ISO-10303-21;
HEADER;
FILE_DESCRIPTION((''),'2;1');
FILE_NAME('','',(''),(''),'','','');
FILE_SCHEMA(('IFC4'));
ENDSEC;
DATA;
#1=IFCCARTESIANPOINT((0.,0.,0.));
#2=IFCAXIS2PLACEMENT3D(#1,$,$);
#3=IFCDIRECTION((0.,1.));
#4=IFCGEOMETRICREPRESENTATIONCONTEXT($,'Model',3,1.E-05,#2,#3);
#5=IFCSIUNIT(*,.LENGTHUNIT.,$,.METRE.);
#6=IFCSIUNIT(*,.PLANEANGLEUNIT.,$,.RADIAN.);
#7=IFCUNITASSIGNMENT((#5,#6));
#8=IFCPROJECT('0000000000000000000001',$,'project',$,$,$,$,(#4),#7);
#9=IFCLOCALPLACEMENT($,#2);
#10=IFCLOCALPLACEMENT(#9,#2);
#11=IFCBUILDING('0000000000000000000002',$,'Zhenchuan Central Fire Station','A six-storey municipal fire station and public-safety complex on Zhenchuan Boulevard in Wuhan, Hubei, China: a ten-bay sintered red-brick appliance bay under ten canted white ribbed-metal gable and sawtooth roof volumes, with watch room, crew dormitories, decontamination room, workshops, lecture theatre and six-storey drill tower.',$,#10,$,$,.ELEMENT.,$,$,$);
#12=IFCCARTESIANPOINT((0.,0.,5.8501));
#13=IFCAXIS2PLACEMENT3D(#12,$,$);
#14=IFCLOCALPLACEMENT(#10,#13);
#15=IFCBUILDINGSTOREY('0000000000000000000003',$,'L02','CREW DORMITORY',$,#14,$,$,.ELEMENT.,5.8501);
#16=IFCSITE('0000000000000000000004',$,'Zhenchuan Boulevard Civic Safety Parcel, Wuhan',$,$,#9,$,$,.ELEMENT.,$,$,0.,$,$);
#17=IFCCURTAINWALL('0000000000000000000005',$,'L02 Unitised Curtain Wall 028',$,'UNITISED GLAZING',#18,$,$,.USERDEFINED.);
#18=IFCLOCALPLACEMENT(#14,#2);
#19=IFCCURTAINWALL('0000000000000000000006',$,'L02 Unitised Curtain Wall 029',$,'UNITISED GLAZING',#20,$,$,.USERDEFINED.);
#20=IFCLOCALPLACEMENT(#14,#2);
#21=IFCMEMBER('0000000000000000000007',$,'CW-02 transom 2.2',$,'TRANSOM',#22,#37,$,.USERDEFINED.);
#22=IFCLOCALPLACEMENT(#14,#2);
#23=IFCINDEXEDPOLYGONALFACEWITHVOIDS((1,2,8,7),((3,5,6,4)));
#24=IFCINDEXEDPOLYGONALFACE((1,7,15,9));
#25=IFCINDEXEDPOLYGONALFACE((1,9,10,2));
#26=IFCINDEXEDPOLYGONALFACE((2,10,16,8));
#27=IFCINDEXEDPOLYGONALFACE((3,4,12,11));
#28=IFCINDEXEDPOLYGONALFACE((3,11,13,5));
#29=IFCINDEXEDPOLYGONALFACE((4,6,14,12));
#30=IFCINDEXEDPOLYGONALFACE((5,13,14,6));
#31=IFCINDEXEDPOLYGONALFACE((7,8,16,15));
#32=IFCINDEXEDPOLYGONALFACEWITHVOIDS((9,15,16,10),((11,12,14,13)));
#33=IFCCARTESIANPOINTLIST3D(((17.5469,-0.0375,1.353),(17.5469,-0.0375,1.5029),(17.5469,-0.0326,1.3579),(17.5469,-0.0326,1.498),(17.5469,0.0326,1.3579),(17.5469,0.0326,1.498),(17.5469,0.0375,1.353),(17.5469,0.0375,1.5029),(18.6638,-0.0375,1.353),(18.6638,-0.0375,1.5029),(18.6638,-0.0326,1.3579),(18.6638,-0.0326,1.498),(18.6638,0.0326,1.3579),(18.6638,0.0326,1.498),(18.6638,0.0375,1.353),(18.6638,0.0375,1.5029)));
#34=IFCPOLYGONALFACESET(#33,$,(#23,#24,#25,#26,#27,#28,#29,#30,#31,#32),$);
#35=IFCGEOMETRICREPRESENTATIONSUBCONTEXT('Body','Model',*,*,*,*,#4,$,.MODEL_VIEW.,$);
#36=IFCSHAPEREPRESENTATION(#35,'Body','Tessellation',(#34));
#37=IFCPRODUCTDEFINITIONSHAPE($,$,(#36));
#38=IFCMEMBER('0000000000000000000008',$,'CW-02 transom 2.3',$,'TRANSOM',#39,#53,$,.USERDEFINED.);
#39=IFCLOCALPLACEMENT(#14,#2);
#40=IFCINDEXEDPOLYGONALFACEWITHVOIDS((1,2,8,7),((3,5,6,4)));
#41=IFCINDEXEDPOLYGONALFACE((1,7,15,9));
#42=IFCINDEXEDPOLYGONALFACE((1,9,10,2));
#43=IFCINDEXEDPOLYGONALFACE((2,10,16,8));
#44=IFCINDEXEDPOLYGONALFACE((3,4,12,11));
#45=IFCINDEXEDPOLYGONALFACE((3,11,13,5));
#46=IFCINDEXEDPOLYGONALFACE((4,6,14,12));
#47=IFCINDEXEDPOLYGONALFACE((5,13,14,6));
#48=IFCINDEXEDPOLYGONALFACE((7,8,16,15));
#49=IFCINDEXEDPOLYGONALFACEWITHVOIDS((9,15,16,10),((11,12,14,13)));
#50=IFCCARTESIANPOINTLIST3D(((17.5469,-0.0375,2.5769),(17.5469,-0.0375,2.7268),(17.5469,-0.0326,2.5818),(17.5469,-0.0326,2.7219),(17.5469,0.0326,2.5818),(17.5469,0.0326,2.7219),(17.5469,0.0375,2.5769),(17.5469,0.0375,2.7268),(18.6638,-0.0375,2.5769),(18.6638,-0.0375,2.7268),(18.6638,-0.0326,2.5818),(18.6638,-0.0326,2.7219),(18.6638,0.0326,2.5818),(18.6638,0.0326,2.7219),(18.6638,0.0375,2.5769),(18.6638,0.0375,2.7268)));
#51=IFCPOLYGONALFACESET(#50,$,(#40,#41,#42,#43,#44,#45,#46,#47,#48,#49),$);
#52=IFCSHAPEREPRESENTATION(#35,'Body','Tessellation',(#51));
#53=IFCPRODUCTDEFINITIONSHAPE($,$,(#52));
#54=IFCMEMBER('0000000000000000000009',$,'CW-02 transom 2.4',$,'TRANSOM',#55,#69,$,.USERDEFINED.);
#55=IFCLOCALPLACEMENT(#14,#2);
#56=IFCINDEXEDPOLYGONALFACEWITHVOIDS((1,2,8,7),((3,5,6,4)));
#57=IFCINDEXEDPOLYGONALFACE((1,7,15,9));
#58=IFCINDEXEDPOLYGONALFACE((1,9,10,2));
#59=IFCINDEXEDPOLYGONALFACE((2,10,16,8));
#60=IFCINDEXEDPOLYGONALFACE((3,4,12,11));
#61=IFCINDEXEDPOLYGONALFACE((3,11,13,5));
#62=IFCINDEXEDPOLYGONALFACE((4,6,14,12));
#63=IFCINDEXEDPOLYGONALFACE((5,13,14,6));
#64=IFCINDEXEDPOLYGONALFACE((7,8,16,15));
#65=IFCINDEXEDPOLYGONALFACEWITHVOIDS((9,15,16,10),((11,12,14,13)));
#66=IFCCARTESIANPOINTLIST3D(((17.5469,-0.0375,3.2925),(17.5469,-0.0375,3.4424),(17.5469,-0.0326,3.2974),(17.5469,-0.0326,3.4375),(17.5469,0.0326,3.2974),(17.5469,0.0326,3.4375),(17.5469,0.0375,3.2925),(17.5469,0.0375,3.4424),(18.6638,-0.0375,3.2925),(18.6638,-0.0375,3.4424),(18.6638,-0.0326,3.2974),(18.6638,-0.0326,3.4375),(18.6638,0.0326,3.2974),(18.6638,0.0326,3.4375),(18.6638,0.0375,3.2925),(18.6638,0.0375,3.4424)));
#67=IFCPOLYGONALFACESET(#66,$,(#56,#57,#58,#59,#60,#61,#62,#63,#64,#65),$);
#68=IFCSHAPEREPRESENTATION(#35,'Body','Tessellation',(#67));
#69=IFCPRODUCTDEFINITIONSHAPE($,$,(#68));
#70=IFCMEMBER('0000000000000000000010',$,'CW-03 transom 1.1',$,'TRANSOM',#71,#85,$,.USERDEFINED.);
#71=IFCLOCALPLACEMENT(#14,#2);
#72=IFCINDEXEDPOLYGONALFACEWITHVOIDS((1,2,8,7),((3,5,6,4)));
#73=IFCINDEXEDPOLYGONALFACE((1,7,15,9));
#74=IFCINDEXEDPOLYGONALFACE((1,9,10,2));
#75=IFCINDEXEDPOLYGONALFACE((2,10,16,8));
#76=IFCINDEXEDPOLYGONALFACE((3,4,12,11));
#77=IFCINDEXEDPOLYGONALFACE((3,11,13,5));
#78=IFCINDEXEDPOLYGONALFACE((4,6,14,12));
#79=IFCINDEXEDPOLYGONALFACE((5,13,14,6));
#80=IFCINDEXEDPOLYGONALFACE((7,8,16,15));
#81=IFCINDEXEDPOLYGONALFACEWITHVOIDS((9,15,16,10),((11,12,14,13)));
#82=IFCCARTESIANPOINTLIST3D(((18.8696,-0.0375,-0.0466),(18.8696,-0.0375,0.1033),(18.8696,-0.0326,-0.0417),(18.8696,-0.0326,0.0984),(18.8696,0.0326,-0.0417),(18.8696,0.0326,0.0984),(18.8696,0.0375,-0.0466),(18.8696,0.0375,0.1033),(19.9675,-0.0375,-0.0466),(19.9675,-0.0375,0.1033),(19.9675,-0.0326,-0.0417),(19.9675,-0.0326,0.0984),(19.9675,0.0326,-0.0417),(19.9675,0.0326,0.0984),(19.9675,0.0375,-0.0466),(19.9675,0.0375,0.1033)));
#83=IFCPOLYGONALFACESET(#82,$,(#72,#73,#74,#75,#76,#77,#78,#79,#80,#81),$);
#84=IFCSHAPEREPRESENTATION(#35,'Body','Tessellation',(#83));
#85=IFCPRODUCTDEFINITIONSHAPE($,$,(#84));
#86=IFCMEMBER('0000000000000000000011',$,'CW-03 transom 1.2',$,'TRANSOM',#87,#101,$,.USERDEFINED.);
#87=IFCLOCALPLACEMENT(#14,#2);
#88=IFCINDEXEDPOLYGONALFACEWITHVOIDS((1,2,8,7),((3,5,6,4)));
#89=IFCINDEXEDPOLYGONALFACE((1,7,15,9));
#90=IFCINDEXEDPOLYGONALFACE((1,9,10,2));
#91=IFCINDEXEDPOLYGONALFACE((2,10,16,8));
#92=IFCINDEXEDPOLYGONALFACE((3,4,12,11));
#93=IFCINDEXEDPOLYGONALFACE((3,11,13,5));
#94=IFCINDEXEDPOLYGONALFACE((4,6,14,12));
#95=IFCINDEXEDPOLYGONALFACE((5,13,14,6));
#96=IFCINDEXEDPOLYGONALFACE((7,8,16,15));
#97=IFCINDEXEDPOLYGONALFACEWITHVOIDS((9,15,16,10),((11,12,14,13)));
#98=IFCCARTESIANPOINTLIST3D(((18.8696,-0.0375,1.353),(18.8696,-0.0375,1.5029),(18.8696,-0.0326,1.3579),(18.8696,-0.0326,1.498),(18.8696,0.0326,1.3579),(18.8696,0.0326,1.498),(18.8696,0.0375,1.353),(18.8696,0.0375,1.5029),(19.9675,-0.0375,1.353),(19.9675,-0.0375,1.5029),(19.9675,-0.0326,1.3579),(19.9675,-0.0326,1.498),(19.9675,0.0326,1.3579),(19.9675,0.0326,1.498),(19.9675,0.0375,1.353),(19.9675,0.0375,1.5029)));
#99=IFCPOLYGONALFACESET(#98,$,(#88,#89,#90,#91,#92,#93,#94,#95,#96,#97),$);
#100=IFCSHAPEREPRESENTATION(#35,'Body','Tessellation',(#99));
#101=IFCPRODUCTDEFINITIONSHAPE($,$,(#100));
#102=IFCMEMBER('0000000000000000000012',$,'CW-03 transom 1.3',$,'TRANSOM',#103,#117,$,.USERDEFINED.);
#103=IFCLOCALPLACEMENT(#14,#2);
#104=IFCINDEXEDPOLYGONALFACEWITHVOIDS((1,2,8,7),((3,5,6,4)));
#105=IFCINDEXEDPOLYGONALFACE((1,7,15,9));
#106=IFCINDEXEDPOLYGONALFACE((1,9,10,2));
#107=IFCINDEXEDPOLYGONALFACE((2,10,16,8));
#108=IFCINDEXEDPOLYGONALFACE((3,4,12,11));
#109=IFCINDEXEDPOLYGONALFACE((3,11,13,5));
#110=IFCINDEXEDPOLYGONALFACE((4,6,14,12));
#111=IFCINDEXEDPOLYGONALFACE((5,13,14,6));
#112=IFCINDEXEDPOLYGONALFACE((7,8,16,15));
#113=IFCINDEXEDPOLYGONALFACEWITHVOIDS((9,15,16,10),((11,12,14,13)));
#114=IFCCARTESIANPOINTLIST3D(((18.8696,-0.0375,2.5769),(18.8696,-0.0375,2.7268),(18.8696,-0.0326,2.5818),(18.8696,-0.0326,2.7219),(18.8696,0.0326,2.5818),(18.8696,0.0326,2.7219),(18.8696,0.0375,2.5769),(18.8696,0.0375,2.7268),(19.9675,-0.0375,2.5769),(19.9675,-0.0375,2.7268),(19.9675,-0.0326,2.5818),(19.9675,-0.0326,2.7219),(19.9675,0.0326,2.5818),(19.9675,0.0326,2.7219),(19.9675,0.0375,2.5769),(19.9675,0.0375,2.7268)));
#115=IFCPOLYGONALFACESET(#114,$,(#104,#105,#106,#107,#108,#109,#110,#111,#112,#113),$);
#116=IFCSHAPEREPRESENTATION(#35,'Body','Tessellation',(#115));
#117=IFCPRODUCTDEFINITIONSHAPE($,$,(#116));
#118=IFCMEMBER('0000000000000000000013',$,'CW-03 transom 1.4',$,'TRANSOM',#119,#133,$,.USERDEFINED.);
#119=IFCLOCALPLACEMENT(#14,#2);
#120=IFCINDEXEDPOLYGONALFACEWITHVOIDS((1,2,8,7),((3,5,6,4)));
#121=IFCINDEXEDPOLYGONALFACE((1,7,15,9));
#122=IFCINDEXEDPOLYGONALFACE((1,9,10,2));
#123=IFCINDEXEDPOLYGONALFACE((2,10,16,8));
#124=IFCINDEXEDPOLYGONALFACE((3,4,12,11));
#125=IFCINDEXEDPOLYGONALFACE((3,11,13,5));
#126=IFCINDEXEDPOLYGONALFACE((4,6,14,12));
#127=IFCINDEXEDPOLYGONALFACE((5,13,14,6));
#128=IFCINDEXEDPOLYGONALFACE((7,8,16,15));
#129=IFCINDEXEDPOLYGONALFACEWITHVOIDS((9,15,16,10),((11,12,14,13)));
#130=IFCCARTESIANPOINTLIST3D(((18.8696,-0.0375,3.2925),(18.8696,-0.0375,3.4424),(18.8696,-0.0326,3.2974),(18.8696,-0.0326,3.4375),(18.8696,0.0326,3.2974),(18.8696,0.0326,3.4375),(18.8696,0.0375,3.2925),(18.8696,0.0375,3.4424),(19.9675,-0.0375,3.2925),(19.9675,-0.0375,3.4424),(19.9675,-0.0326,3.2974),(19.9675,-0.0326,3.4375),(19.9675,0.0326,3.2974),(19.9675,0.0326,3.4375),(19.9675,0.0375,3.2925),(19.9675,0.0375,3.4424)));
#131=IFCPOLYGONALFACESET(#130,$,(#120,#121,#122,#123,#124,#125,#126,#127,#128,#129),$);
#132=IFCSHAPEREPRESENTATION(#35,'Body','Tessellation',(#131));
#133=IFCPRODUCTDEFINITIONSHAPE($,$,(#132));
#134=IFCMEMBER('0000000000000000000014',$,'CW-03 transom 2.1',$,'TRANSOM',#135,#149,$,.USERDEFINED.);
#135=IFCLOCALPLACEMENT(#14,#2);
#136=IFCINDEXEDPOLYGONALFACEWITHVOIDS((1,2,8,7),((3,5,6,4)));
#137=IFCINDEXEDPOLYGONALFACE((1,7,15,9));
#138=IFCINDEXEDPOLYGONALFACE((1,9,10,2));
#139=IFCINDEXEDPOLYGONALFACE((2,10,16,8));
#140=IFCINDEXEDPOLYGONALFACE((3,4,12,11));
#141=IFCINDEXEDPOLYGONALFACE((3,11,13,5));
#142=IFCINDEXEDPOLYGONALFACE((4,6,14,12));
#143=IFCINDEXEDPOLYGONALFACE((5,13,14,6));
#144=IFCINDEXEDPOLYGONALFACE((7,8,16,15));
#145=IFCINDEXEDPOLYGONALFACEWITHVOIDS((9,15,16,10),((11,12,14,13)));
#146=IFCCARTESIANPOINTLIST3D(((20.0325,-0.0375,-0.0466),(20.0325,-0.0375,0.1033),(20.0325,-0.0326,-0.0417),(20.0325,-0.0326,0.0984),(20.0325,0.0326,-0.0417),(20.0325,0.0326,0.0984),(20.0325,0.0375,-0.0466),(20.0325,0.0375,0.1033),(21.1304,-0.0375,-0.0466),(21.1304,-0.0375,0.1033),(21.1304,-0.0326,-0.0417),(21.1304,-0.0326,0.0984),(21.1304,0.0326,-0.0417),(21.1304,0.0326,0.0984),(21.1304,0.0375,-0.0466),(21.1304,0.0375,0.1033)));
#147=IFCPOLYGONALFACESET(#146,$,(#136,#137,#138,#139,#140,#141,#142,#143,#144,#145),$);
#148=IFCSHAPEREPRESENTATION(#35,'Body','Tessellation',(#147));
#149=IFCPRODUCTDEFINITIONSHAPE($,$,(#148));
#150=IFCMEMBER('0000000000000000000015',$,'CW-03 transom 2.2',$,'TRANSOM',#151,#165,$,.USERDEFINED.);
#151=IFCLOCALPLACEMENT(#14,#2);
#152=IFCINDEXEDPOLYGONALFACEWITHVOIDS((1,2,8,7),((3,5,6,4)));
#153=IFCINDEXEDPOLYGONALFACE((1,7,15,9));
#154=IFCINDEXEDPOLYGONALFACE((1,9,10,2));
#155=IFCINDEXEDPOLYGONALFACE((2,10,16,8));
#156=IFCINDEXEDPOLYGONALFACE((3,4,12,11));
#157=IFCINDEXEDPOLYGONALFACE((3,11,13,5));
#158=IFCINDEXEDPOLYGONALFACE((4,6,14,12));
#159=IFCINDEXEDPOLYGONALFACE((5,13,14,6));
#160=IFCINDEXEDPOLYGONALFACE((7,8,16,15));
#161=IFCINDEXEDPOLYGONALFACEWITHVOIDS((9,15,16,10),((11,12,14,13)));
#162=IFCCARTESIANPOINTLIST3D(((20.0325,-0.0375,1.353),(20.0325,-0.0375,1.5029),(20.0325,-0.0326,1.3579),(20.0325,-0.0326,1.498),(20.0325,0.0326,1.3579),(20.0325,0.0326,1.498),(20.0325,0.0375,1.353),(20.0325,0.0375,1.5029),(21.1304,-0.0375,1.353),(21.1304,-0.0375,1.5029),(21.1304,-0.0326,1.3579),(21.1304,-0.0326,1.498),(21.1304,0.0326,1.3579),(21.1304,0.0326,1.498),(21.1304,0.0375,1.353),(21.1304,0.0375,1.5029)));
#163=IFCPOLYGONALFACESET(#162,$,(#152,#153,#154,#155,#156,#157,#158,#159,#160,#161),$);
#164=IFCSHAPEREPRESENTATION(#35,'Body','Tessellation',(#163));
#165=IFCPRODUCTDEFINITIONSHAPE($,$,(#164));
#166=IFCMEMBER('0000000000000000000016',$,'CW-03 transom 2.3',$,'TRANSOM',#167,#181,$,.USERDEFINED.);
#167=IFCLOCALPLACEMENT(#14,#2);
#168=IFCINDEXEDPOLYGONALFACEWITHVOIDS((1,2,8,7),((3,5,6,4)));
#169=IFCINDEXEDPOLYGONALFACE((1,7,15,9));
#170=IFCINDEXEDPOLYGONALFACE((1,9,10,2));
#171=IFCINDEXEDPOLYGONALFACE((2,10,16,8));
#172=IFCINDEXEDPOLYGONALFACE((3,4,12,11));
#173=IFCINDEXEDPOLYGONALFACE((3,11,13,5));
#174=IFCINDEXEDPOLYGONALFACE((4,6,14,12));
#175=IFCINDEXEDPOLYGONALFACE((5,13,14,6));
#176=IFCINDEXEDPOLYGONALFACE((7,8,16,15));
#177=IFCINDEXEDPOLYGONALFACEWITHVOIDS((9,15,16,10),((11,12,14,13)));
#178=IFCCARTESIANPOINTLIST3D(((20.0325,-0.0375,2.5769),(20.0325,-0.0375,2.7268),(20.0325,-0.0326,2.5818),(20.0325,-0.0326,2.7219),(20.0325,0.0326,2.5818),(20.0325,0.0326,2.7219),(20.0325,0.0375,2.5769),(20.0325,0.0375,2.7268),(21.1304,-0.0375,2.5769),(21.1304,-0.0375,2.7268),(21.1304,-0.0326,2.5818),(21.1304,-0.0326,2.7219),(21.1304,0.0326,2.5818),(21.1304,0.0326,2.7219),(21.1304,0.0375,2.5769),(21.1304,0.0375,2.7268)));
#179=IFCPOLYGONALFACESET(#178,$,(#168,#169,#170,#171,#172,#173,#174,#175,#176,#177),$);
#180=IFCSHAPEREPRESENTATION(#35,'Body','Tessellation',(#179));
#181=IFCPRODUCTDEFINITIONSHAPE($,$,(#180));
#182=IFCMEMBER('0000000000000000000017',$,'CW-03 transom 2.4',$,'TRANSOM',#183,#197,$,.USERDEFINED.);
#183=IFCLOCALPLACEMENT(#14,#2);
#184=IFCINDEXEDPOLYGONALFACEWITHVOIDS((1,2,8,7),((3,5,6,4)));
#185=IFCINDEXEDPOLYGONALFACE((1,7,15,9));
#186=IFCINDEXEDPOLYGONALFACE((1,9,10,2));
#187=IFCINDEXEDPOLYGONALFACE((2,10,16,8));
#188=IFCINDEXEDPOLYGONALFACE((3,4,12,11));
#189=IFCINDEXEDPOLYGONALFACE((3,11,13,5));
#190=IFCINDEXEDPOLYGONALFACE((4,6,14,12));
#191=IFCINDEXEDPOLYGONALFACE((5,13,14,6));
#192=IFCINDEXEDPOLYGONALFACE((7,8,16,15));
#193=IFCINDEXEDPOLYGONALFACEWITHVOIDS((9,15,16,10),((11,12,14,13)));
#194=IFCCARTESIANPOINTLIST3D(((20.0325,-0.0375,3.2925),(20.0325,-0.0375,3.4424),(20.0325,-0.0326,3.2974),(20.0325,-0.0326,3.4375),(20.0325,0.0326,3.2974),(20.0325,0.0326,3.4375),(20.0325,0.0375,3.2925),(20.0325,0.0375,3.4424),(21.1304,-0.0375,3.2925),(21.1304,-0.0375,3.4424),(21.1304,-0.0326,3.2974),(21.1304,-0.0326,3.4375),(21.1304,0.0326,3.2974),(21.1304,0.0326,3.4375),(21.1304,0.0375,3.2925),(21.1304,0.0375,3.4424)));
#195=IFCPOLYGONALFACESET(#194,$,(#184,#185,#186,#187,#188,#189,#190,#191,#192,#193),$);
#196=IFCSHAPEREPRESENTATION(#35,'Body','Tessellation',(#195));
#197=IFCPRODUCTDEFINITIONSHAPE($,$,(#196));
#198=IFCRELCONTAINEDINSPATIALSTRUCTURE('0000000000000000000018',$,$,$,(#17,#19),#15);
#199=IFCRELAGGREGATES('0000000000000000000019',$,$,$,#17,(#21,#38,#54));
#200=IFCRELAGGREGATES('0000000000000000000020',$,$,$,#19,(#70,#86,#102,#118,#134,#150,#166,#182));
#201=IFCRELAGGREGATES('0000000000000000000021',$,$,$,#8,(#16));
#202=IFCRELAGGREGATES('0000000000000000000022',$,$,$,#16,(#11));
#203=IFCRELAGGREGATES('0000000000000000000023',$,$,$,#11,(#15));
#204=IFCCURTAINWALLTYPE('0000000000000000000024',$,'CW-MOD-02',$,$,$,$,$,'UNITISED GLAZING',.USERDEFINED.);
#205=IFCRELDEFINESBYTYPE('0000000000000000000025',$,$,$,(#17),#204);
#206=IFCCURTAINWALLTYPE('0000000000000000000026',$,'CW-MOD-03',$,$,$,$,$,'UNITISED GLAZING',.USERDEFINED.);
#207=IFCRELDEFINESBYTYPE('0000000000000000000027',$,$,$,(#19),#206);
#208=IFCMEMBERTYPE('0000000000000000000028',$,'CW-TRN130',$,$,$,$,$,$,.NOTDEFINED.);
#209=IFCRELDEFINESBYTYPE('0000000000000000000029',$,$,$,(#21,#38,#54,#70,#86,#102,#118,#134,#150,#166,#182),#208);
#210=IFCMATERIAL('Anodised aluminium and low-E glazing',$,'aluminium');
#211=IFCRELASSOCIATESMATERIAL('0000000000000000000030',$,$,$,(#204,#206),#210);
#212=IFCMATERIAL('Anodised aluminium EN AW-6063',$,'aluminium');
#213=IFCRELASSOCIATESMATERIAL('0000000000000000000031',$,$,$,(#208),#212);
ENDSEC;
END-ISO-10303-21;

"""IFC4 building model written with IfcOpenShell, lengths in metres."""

from ifc_helpers import new_model, si_unit, direction, frame, origin, origin_2d, place, context, subcontext, project, spatial, hollow_rectangle, extrude, material, material_profile, profile_set, type_object, element, aggregate, save


model = new_model("IFC4")

# Units and contexts
model_context = context("Model", 3, precision=1e-05, world=origin(), true_north=direction((0.0, 1.0)))
body_context = subcontext(model_context, "Body", "Model", "MODEL_VIEW")
ifc_project = project(units=[si_unit("LENGTHUNIT", "METRE"), si_unit("PLANEANGLEUNIT", "RADIAN")], contexts=[model_context])

# Site, building, storey
site_placement = place(None, origin())
site = spatial("IfcSite", under=ifc_project, at=site_placement, Name="Zhenchuan Boulevard Civic Safety Parcel, Wuhan", CompositionType="ELEMENT", RefElevation=0.0)
building_placement = place(site_placement, origin())
building = spatial("IfcBuilding", under=site, at=building_placement, Name="Zhenchuan Central Fire Station", Description="A six-storey municipal fire station and public-safety complex on Zhenchuan Boulevard in Wuhan, Hubei, China: a ten-bay sintered red-brick appliance bay under ten canted white ribbed-metal gable and sawtooth roof volumes, with watch room, crew dormitories, decontamination room, workshops, lecture theatre and six-storey drill tower.", CompositionType="ELEMENT")
storey_placement = place(building_placement, frame((0.0, 0.0, 5.8501)))
storey = spatial("IfcBuildingStorey", under=building, at=storey_placement, Name="L02", Description="CREW DORMITORY", CompositionType="ELEMENT", Elevation=5.8501)

# Curtain walls
ifc_material_1 = material(Name="Anodised aluminium and low-E glazing", Category="aluminium")
curtain_wall_type_1 = type_object("IfcCurtainWallType", Name="CW-MOD-02", ElementType="UNITISED GLAZING", PredefinedType="USERDEFINED", material=ifc_material_1)
curtain_wall_1_placement = place(storey_placement, origin())
curtain_wall_1 = element("IfcCurtainWall", 1, at=curtain_wall_1_placement, inside=storey, type_object=curtain_wall_type_1, Name="L02 Unitised Curtain Wall 028", ObjectType="UNITISED GLAZING", PredefinedType="USERDEFINED")
ifc_material_2 = material(Name="Anodised aluminium EN AW-6063", Category="aluminium")
curtain_wall_type_2 = type_object("IfcCurtainWallType", Name="CW-MOD-03", ElementType="UNITISED GLAZING", PredefinedType="USERDEFINED", material=ifc_material_1)
curtain_wall_2_placement = place(storey_placement, origin())
curtain_wall_2 = element("IfcCurtainWall", 2, at=curtain_wall_2_placement, inside=storey, type_object=curtain_wall_type_2, Name="L02 Unitised Curtain Wall 029", ObjectType="UNITISED GLAZING", PredefinedType="USERDEFINED")

# Members
ifc_material_profile_1 = material_profile(ifc_material_2, hollow_rectangle(XDim=0.075, YDim=0.1499, WallThickness=0.0049, at=origin_2d()), Name="ALU-T 150x75")
ifc_profile_set_1 = profile_set([ifc_material_profile_1], Name="Anodised aluminium EN AW-6063")
member_type_1 = type_object("IfcMemberType", Name="CW-TRN130", PredefinedType="NOTDEFINED", material=ifc_profile_set_1)
member_1_placement = place(storey_placement, frame((17.5469, 0.0, 1.428), z_axis=(1.0, 0.0, 0.0), x_axis=(0.0, 1.0, 0.0)))
member_1 = element("IfcMember", 3, at=member_1_placement, type_object=member_type_1, Name="CW-02 transom 2.2", ObjectType="TRANSOM", PredefinedType="USERDEFINED", context=body_context, shape_type="SweptSolid", body=[
    extrude(hollow_rectangle(XDim=0.075, YDim=0.1499, WallThickness=0.0049, at=origin_2d()), origin(), (0.0, 0.0, 1.0), 1.1169),
])
member_2_placement = place(storey_placement, frame((17.5469, 0.0, 2.6519), z_axis=(1.0, 0.0, 0.0), x_axis=(0.0, 1.0, 0.0)))
member_2 = element("IfcMember", 4, at=member_2_placement, type_object=member_type_1, Name="CW-02 transom 2.3", ObjectType="TRANSOM", PredefinedType="USERDEFINED", context=body_context, shape_type="SweptSolid", body=[
    extrude(hollow_rectangle(XDim=0.075, YDim=0.1499, WallThickness=0.0049, at=origin_2d()), origin(), (0.0, 0.0, 1.0), 1.1169),
])
member_3_placement = place(storey_placement, frame((17.5469, 0.0, 3.3674), z_axis=(1.0, 0.0, 0.0), x_axis=(0.0, 1.0, 0.0)))
member_3 = element("IfcMember", 5, at=member_3_placement, type_object=member_type_1, Name="CW-02 transom 2.4", ObjectType="TRANSOM", PredefinedType="USERDEFINED", context=body_context, shape_type="SweptSolid", body=[
    extrude(hollow_rectangle(XDim=0.075, YDim=0.1499, WallThickness=0.0049, at=origin_2d()), origin(), (0.0, 0.0, 1.0), 1.1169),
])
member_4_placement = place(storey_placement, frame((18.8696, 0.0, 0.0283), z_axis=(1.0, 0.0, 0.0), x_axis=(0.0, 1.0, 0.0)))
member_4 = element("IfcMember", 6, at=member_4_placement, type_object=member_type_1, Name="CW-03 transom 1.1", ObjectType="TRANSOM", PredefinedType="USERDEFINED", context=body_context, shape_type="SweptSolid", body=[
    extrude(hollow_rectangle(XDim=0.075, YDim=0.1499, WallThickness=0.0049, at=origin_2d()), origin(), (0.0, 0.0, 1.0), 1.0979),
])
member_5_placement = place(storey_placement, frame((18.8696, 0.0, 1.428), z_axis=(1.0, 0.0, 0.0), x_axis=(0.0, 1.0, 0.0)))
member_5 = element("IfcMember", 7, at=member_5_placement, type_object=member_type_1, Name="CW-03 transom 1.2", ObjectType="TRANSOM", PredefinedType="USERDEFINED", context=body_context, shape_type="SweptSolid", body=[
    extrude(hollow_rectangle(XDim=0.075, YDim=0.1499, WallThickness=0.0049, at=origin_2d()), origin(), (0.0, 0.0, 1.0), 1.0979),
])
member_6_placement = place(storey_placement, frame((18.8696, 0.0, 2.6519), z_axis=(1.0, 0.0, 0.0), x_axis=(0.0, 1.0, 0.0)))
member_6 = element("IfcMember", 8, at=member_6_placement, type_object=member_type_1, Name="CW-03 transom 1.3", ObjectType="TRANSOM", PredefinedType="USERDEFINED", context=body_context, shape_type="SweptSolid", body=[
    extrude(hollow_rectangle(XDim=0.075, YDim=0.1499, WallThickness=0.0049, at=origin_2d()), origin(), (0.0, 0.0, 1.0), 1.0979),
])
member_7_placement = place(storey_placement, frame((18.8696, 0.0, 3.3674), z_axis=(1.0, 0.0, 0.0), x_axis=(0.0, 1.0, 0.0)))
member_7 = element("IfcMember", 9, at=member_7_placement, type_object=member_type_1, Name="CW-03 transom 1.4", ObjectType="TRANSOM", PredefinedType="USERDEFINED", context=body_context, shape_type="SweptSolid", body=[
    extrude(hollow_rectangle(XDim=0.075, YDim=0.1499, WallThickness=0.0049, at=origin_2d()), origin(), (0.0, 0.0, 1.0), 1.0979),
])
member_8_placement = place(storey_placement, frame((20.0325, 0.0, 0.0283), z_axis=(1.0, 0.0, 0.0), x_axis=(0.0, 1.0, 0.0)))
member_8 = element("IfcMember", 10, at=member_8_placement, type_object=member_type_1, Name="CW-03 transom 2.1", ObjectType="TRANSOM", PredefinedType="USERDEFINED", context=body_context, shape_type="SweptSolid", body=[
    extrude(hollow_rectangle(XDim=0.075, YDim=0.1499, WallThickness=0.0049, at=origin_2d()), origin(), (0.0, 0.0, 1.0), 1.0979),
])
member_9_placement = place(storey_placement, frame((20.0325, 0.0, 1.428), z_axis=(1.0, 0.0, 0.0), x_axis=(0.0, 1.0, 0.0)))
member_9 = element("IfcMember", 11, at=member_9_placement, type_object=member_type_1, Name="CW-03 transom 2.2", ObjectType="TRANSOM", PredefinedType="USERDEFINED", context=body_context, shape_type="SweptSolid", body=[
    extrude(hollow_rectangle(XDim=0.075, YDim=0.1499, WallThickness=0.0049, at=origin_2d()), origin(), (0.0, 0.0, 1.0), 1.0979),
])
member_10_placement = place(storey_placement, frame((20.0325, 0.0, 2.6519), z_axis=(1.0, 0.0, 0.0), x_axis=(0.0, 1.0, 0.0)))
member_10 = element("IfcMember", 12, at=member_10_placement, type_object=member_type_1, Name="CW-03 transom 2.3", ObjectType="TRANSOM", PredefinedType="USERDEFINED", context=body_context, shape_type="SweptSolid", body=[
    extrude(hollow_rectangle(XDim=0.075, YDim=0.1499, WallThickness=0.0049, at=origin_2d()), origin(), (0.0, 0.0, 1.0), 1.0979),
])
member_11_placement = place(storey_placement, frame((20.0325, 0.0, 3.3674), z_axis=(1.0, 0.0, 0.0), x_axis=(0.0, 1.0, 0.0)))
member_11 = element("IfcMember", 13, at=member_11_placement, type_object=member_type_1, Name="CW-03 transom 2.4", ObjectType="TRANSOM", PredefinedType="USERDEFINED", context=body_context, shape_type="SweptSolid", body=[
    extrude(hollow_rectangle(XDim=0.075, YDim=0.1499, WallThickness=0.0049, at=origin_2d()), origin(), (0.0, 0.0, 1.0), 1.0979),
])

aggregate(curtain_wall_1, [member_1, member_2, member_3])
aggregate(curtain_wall_2, [member_4, member_5, member_6, member_7, member_8, member_9, member_10, member_11])

save(model, "model.ifc")
